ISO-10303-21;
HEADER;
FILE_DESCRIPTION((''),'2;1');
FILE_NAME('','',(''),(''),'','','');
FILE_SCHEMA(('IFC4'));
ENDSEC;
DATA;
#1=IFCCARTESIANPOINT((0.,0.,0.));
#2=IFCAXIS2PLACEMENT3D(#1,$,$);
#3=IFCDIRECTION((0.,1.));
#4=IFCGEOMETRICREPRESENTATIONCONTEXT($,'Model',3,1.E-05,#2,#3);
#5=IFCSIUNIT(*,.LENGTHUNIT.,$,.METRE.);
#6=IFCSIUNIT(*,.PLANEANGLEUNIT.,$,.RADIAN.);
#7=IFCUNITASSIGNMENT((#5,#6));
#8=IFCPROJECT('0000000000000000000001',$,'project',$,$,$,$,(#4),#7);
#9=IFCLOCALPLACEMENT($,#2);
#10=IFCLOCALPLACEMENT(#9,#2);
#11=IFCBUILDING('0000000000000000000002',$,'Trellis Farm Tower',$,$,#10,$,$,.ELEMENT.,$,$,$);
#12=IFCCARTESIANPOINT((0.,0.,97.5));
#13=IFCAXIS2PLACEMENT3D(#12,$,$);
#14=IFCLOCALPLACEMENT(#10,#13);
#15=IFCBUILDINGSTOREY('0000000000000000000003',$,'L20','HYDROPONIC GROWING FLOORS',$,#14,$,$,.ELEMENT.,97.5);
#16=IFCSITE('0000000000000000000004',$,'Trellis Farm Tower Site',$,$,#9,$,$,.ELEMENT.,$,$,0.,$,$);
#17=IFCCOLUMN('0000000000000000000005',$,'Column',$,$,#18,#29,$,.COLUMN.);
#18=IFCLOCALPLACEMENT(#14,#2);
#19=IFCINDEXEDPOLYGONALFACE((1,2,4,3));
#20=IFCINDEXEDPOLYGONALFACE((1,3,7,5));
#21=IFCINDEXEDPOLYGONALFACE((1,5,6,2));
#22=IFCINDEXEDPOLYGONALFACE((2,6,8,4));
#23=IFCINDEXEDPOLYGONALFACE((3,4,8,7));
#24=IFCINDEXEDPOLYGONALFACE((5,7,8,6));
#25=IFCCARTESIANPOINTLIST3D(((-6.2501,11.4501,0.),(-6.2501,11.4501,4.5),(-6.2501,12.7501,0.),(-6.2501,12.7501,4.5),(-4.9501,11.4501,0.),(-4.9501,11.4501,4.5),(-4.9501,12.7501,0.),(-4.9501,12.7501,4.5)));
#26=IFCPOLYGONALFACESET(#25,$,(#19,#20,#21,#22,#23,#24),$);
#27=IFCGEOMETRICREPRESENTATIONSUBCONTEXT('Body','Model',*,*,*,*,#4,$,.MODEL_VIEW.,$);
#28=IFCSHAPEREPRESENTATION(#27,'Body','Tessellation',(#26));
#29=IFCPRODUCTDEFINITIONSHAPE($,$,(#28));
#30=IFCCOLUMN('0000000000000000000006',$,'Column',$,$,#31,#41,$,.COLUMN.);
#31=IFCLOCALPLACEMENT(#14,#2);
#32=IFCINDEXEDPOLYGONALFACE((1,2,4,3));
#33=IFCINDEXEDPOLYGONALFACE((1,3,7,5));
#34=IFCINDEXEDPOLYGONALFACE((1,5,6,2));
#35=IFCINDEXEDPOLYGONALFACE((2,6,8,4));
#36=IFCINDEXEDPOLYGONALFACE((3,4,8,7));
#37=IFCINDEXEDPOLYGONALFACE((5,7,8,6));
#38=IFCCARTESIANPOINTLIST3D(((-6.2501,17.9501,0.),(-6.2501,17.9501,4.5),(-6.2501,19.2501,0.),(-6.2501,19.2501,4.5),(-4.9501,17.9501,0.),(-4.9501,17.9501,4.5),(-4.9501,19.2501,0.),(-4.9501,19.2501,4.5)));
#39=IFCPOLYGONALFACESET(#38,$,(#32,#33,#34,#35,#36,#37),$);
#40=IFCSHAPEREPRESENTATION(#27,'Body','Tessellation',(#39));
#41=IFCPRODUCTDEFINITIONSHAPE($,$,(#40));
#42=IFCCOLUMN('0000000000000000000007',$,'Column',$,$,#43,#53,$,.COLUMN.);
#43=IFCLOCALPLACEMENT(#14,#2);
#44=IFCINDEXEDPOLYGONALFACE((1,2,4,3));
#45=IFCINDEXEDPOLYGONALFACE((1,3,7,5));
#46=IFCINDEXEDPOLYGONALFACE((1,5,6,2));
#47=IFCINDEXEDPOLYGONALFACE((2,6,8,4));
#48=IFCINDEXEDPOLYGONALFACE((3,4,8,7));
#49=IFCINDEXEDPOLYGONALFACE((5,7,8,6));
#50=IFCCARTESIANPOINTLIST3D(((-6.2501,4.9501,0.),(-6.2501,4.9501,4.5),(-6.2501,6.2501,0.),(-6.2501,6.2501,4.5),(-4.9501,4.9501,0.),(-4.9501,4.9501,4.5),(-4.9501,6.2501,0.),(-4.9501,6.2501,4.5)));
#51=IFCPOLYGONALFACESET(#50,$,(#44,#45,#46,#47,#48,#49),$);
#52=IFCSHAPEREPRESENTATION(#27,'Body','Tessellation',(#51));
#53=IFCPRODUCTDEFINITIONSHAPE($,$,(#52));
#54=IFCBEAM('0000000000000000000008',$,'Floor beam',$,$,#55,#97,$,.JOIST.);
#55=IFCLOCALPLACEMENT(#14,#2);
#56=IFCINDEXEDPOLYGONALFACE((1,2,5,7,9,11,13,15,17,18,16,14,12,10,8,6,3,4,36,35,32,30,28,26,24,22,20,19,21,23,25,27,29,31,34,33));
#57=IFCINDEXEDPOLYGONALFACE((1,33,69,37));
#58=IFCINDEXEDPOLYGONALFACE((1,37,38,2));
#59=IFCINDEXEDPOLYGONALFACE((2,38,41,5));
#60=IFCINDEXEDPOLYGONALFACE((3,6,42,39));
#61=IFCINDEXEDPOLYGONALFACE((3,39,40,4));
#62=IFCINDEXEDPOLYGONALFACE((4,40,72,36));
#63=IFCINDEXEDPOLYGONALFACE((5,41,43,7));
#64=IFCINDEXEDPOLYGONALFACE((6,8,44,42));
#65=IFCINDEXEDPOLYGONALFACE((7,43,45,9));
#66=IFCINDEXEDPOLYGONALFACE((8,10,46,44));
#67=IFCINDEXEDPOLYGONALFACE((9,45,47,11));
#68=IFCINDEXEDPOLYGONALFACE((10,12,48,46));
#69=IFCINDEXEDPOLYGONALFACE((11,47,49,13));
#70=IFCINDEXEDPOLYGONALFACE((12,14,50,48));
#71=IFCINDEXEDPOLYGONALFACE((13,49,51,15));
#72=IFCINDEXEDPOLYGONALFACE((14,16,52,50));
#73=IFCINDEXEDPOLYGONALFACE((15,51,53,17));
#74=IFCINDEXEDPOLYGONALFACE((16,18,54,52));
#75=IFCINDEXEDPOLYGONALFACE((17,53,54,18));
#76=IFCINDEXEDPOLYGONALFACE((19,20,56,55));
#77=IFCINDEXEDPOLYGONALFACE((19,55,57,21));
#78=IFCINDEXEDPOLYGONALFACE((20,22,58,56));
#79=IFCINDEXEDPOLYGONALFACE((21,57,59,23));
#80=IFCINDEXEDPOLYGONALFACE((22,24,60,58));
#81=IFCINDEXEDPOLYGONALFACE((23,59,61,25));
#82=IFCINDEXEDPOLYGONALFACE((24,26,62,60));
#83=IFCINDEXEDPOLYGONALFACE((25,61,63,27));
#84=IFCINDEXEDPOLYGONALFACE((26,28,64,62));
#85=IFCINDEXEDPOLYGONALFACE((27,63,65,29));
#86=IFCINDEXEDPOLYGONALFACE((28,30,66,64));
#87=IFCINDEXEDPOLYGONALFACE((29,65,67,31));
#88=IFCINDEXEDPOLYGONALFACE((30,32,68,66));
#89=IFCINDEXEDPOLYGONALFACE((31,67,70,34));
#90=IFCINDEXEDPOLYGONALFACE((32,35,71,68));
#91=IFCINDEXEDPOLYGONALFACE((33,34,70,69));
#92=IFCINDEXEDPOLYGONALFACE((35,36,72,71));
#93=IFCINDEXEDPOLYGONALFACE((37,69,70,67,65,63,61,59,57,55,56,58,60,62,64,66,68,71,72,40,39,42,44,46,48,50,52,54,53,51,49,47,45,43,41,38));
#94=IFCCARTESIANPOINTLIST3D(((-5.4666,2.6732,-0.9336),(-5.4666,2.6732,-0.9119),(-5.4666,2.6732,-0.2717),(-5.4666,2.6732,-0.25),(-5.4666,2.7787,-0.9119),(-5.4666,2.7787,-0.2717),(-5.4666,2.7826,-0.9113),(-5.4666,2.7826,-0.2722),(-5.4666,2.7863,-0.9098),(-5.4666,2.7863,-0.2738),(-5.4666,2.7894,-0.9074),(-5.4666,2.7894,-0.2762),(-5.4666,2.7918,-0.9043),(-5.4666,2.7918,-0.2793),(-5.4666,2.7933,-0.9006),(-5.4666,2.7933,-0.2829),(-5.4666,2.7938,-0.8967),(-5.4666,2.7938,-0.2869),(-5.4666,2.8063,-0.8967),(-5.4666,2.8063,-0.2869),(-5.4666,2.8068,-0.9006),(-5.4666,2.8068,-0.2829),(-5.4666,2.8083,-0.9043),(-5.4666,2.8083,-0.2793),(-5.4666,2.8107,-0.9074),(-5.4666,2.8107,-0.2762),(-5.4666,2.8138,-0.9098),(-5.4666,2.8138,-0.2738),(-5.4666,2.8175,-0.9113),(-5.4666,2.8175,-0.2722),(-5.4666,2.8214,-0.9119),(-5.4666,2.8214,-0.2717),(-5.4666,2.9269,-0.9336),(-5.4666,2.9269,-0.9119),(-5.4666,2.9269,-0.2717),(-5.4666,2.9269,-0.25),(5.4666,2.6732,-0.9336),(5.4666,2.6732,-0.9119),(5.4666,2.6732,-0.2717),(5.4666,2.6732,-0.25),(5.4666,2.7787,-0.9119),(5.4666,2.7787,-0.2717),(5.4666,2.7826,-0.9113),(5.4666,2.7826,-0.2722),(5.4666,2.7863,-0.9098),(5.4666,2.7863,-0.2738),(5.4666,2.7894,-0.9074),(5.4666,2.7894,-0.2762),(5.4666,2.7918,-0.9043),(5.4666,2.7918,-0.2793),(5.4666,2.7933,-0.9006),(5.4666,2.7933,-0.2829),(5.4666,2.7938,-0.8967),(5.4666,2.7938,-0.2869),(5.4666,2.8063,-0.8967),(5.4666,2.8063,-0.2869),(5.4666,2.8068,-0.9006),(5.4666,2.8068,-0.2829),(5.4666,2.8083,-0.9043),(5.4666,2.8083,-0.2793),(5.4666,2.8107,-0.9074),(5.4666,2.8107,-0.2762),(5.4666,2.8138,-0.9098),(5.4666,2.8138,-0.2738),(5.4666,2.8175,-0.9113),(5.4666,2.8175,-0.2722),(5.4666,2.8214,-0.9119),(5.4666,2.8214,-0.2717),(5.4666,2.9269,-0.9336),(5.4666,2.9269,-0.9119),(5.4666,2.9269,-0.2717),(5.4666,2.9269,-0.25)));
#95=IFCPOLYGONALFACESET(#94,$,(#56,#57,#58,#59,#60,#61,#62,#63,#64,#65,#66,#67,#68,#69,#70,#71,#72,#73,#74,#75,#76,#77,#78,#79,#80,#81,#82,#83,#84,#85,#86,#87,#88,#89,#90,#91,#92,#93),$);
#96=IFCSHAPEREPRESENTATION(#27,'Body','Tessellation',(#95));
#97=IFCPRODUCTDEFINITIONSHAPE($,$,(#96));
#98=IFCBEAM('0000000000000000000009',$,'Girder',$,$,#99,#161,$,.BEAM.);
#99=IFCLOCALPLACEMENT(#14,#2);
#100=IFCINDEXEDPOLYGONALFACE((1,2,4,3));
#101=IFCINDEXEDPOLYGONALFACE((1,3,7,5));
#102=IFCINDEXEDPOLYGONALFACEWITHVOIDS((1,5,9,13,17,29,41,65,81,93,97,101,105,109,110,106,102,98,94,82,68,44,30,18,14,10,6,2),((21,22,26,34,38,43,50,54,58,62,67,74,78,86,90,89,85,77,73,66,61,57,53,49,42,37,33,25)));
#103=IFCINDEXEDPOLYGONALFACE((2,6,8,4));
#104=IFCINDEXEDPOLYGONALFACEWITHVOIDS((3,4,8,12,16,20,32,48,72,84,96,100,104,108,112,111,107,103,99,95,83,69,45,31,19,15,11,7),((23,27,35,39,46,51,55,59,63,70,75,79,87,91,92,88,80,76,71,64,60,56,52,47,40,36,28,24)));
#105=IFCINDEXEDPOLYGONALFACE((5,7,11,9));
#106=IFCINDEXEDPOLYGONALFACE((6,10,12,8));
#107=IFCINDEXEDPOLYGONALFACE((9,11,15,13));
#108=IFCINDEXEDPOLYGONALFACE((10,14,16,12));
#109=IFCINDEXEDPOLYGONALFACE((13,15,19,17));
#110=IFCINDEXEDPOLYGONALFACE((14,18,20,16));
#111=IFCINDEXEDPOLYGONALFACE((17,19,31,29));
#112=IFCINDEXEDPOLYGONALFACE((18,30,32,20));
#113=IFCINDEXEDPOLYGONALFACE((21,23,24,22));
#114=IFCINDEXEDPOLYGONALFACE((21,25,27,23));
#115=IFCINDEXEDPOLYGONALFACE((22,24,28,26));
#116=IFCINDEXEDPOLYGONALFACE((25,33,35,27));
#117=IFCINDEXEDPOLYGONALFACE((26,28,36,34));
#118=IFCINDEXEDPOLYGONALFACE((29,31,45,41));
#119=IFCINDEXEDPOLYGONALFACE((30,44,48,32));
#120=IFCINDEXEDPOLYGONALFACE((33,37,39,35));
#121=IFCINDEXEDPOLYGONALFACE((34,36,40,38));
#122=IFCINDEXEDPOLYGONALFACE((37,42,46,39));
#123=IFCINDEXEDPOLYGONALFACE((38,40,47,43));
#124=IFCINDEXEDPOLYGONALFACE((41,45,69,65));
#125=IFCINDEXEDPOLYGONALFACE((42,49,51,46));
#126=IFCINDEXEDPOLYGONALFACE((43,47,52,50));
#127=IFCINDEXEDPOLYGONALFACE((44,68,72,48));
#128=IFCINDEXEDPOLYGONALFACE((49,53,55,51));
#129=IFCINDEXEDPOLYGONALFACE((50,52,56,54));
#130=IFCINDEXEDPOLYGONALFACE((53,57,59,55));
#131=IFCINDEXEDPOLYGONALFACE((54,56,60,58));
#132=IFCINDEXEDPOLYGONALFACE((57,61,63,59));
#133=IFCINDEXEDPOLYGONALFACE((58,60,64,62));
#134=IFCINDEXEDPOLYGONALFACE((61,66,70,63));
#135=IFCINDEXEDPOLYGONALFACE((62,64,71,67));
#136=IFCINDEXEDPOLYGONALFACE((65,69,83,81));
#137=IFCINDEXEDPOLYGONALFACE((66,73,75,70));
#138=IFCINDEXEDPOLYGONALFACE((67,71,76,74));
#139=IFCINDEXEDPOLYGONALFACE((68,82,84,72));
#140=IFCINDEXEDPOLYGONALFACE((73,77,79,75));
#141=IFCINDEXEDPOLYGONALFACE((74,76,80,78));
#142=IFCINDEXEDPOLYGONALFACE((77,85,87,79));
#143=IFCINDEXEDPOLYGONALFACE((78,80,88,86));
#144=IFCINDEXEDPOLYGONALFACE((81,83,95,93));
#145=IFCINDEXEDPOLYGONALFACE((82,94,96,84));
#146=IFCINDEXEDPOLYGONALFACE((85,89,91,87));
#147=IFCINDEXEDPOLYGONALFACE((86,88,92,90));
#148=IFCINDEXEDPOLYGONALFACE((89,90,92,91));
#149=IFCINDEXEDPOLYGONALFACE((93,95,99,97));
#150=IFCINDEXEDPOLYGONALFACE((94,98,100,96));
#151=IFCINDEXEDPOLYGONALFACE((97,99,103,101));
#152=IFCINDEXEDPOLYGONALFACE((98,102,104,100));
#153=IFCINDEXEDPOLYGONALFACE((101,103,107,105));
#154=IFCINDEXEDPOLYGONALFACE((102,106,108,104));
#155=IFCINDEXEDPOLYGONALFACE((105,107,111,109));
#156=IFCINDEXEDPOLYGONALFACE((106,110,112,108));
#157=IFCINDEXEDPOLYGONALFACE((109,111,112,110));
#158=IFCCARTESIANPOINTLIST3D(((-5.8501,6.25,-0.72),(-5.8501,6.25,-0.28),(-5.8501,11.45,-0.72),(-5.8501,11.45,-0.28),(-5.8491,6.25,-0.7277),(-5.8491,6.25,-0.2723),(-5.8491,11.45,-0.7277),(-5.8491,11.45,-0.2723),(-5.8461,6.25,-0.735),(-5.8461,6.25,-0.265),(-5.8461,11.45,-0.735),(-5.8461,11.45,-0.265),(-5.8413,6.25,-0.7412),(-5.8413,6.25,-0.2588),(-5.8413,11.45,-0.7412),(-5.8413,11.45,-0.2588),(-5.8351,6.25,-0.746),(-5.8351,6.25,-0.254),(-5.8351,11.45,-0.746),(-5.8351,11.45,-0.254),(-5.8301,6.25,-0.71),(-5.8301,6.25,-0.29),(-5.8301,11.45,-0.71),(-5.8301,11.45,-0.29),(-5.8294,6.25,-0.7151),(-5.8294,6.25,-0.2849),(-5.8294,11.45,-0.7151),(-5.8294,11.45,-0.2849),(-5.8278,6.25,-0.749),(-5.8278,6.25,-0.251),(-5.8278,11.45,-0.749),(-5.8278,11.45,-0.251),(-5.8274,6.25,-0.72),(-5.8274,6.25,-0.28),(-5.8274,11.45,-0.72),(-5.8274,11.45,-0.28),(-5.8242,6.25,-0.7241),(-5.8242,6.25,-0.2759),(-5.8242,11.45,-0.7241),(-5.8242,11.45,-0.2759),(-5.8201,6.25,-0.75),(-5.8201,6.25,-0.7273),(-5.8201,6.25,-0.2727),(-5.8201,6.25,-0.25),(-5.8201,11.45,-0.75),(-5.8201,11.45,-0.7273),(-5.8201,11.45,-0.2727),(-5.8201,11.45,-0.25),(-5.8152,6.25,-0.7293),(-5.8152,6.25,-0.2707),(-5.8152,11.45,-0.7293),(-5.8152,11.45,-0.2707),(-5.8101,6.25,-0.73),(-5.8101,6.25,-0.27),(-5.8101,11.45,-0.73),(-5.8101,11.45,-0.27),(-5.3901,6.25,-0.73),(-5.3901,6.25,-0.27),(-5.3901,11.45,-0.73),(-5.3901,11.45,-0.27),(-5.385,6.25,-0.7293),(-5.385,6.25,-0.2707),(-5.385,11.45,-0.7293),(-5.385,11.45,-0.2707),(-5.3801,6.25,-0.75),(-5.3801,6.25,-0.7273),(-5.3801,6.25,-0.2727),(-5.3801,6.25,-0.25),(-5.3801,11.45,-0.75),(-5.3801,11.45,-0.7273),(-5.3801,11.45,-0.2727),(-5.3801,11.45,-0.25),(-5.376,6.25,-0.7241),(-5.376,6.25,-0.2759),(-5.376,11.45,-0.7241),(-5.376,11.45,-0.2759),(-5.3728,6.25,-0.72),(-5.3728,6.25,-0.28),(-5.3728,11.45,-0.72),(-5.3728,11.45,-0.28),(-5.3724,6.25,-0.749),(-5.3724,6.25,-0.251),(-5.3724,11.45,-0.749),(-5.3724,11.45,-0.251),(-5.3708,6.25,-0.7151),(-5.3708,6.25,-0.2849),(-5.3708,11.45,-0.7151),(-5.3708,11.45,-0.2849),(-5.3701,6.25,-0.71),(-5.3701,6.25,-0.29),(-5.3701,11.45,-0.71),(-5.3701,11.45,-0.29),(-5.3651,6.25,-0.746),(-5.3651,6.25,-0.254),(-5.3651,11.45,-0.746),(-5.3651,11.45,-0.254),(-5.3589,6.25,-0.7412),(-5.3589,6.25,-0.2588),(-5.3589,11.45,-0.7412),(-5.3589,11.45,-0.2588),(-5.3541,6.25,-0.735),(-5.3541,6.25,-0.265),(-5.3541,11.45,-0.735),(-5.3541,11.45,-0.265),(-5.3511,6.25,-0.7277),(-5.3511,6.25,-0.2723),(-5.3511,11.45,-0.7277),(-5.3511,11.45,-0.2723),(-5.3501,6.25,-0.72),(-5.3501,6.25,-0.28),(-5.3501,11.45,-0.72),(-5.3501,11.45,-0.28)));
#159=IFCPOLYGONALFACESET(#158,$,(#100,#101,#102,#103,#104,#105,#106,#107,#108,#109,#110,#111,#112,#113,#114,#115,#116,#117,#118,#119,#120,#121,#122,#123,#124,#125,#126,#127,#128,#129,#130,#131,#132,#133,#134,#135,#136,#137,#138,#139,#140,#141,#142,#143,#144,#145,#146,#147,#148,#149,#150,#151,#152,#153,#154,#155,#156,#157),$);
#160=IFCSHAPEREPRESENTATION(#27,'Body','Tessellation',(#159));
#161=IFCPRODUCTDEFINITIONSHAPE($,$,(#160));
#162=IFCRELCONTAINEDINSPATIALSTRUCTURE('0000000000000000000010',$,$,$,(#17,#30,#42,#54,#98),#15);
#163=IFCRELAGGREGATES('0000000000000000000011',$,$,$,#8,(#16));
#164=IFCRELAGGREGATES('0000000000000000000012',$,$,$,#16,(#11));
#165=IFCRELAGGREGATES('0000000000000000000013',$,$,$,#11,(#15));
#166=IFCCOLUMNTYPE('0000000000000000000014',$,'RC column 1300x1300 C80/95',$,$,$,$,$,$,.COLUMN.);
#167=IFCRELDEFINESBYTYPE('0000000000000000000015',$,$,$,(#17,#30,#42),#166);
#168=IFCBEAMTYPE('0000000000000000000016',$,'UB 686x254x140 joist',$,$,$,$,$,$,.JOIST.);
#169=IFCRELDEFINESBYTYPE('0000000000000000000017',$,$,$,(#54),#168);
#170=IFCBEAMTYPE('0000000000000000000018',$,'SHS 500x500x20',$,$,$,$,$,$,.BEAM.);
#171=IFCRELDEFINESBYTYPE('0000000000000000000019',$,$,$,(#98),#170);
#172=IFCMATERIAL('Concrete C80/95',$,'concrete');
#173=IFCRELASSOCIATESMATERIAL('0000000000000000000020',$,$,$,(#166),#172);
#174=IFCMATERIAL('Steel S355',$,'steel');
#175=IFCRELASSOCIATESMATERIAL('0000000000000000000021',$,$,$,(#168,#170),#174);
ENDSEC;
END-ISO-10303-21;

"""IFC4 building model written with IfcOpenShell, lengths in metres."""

from ifc_helpers import new_model, si_unit, direction, frame, origin, origin_2d, place, context, subcontext, project, spatial, rectangle, hollow_rectangle, i_section, extrude, source, transform, mapped, material, material_profile, profile_set, type_object, element, save


model = new_model("IFC4")

# Units and contexts
model_context = context("Model", 3, precision=1e-05, world=origin(), true_north=direction((0.0, 1.0)))
body_context = subcontext(model_context, "Body", "Model", "MODEL_VIEW")
ifc_project = project(units=[si_unit("LENGTHUNIT", "METRE"), si_unit("PLANEANGLEUNIT", "RADIAN")], contexts=[model_context])

# Site, building, storey
site_placement = place(None, origin())
site = spatial("IfcSite", under=ifc_project, at=site_placement, Name="Trellis Farm Tower Site", CompositionType="ELEMENT", RefElevation=0.0)
building_placement = place(site_placement, origin())
building = spatial("IfcBuilding", under=site, at=building_placement, Name="Trellis Farm Tower", CompositionType="ELEMENT")
storey_placement = place(building_placement, frame((0.0, 0.0, 97.5)))
storey = spatial("IfcBuildingStorey", under=building, at=storey_placement, Name="L20", Description="HYDROPONIC GROWING FLOORS", CompositionType="ELEMENT", Elevation=97.5)

# Columns
ifc_material_1 = material(Name="Concrete C80/95", Category="concrete")
ifc_material_profile_1 = material_profile(ifc_material_1, rectangle(XDim=1.3, YDim=1.3, at=origin_2d()), Name="RC column 1300x1300 C80/95")
ifc_profile_set_1 = profile_set([ifc_material_profile_1], Name="Concrete C80/95")
column_type = type_object("IfcColumnType", Name="RC column 1300x1300 C80/95", PredefinedType="COLUMN", material=ifc_profile_set_1)
shared_shape_1 = source(origin(), body_context, "Body", "SweptSolid", [
    extrude(rectangle(XDim=1.3, YDim=1.3, at=origin_2d()), origin(), (0.0, 0.0, 1.0), 4.5),
])
for number, where, z_axis, x_axis, name in (
    (1, (-5.6001, 12.1001, 0.0), (0.0, 0.0, 1.0), (1.0, 0.0, 0.0), "Column"),
    (2, (-5.6001, 18.6001, 0.0), (0.0, 0.0, 1.0), (1.0, 0.0, 0.0), "Column"),
    (3, (-5.6001, 5.6001, 0.0), (0.0, 0.0, 1.0), (1.0, 0.0, 0.0), "Column"),
):
    element("IfcColumn", number, at=place(storey_placement, frame(where, z_axis=z_axis, x_axis=x_axis)), inside=storey, type_object=column_type, Name=name, PredefinedType="COLUMN", context=body_context, shape_type="MappedRepresentation", body=[
        mapped(shared_shape_1, transform((0.0, 0.0, 0.0))),
    ])

# Beams
ifc_material_2 = material(Name="Steel S355", Category="steel")
ifc_material_profile_2 = material_profile(ifc_material_2, i_section(OverallWidth=0.2537, OverallDepth=0.6836, WebThickness=0.0125, FlangeThickness=0.0217, FilletRadius=0.0151, at=origin_2d()), Name="UB 686x254x140")
ifc_profile_set_2 = profile_set([ifc_material_profile_2], Name="Steel S355")
beam_type_1 = type_object("IfcBeamType", Name="UB 686x254x140 joist", PredefinedType="JOIST", material=ifc_profile_set_2)
shared_shape_2 = source(origin(), body_context, "Body", "SweptSolid", [
    extrude(i_section(OverallWidth=0.2537, OverallDepth=0.6836, WebThickness=0.0125, FlangeThickness=0.0217, FilletRadius=0.0151, at=origin_2d()), origin(), (0.0, 0.0, 1.0), 10.9331),
])
beam_1_placement = place(storey_placement, frame((-5.4666, 2.8, -0.5918), z_axis=(1.0, 0.0, 0.0), x_axis=(0.0, 1.0, 0.0)))
element("IfcBeam", 4, at=beam_1_placement, inside=storey, type_object=beam_type_1, Name="Floor beam", PredefinedType="JOIST", context=body_context, shape_type="MappedRepresentation", body=[
    mapped(shared_shape_2, transform((0.0, 0.0, 0.0))),
])
ifc_material_profile_3 = material_profile(ifc_material_2, hollow_rectangle(XDim=0.5, YDim=0.5, WallThickness=0.02, InnerFilletRadius=0.02, OuterFilletRadius=0.03, at=origin_2d()), Name="SHS 500x500x20")
ifc_profile_set_3 = profile_set([ifc_material_profile_3], Name="Steel S355")
beam_type_2 = type_object("IfcBeamType", Name="SHS 500x500x20", PredefinedType="BEAM", material=ifc_profile_set_3)
shared_shape_3 = source(origin(), body_context, "Body", "SweptSolid", [
    extrude(hollow_rectangle(XDim=0.5, YDim=0.5, WallThickness=0.02, InnerFilletRadius=0.02, OuterFilletRadius=0.03, at=origin_2d()), origin(), (0.0, 0.0, 1.0), 5.2),
])
for number, where, z_axis, x_axis, name in (
    (5, (-5.6001, 6.25, -0.5), (0.0, 1.0, 0.0), (-1.0, 0.0, 0.0), "Girder"),
):
    element("IfcBeam", number, at=place(storey_placement, frame(where, z_axis=z_axis, x_axis=x_axis)), inside=storey, type_object=beam_type_2, Name=name, PredefinedType="BEAM", context=body_context, shape_type="MappedRepresentation", body=[
        mapped(shared_shape_3, transform((0.0, 0.0, 0.0))),
    ])

save(model, "model.ifc")
